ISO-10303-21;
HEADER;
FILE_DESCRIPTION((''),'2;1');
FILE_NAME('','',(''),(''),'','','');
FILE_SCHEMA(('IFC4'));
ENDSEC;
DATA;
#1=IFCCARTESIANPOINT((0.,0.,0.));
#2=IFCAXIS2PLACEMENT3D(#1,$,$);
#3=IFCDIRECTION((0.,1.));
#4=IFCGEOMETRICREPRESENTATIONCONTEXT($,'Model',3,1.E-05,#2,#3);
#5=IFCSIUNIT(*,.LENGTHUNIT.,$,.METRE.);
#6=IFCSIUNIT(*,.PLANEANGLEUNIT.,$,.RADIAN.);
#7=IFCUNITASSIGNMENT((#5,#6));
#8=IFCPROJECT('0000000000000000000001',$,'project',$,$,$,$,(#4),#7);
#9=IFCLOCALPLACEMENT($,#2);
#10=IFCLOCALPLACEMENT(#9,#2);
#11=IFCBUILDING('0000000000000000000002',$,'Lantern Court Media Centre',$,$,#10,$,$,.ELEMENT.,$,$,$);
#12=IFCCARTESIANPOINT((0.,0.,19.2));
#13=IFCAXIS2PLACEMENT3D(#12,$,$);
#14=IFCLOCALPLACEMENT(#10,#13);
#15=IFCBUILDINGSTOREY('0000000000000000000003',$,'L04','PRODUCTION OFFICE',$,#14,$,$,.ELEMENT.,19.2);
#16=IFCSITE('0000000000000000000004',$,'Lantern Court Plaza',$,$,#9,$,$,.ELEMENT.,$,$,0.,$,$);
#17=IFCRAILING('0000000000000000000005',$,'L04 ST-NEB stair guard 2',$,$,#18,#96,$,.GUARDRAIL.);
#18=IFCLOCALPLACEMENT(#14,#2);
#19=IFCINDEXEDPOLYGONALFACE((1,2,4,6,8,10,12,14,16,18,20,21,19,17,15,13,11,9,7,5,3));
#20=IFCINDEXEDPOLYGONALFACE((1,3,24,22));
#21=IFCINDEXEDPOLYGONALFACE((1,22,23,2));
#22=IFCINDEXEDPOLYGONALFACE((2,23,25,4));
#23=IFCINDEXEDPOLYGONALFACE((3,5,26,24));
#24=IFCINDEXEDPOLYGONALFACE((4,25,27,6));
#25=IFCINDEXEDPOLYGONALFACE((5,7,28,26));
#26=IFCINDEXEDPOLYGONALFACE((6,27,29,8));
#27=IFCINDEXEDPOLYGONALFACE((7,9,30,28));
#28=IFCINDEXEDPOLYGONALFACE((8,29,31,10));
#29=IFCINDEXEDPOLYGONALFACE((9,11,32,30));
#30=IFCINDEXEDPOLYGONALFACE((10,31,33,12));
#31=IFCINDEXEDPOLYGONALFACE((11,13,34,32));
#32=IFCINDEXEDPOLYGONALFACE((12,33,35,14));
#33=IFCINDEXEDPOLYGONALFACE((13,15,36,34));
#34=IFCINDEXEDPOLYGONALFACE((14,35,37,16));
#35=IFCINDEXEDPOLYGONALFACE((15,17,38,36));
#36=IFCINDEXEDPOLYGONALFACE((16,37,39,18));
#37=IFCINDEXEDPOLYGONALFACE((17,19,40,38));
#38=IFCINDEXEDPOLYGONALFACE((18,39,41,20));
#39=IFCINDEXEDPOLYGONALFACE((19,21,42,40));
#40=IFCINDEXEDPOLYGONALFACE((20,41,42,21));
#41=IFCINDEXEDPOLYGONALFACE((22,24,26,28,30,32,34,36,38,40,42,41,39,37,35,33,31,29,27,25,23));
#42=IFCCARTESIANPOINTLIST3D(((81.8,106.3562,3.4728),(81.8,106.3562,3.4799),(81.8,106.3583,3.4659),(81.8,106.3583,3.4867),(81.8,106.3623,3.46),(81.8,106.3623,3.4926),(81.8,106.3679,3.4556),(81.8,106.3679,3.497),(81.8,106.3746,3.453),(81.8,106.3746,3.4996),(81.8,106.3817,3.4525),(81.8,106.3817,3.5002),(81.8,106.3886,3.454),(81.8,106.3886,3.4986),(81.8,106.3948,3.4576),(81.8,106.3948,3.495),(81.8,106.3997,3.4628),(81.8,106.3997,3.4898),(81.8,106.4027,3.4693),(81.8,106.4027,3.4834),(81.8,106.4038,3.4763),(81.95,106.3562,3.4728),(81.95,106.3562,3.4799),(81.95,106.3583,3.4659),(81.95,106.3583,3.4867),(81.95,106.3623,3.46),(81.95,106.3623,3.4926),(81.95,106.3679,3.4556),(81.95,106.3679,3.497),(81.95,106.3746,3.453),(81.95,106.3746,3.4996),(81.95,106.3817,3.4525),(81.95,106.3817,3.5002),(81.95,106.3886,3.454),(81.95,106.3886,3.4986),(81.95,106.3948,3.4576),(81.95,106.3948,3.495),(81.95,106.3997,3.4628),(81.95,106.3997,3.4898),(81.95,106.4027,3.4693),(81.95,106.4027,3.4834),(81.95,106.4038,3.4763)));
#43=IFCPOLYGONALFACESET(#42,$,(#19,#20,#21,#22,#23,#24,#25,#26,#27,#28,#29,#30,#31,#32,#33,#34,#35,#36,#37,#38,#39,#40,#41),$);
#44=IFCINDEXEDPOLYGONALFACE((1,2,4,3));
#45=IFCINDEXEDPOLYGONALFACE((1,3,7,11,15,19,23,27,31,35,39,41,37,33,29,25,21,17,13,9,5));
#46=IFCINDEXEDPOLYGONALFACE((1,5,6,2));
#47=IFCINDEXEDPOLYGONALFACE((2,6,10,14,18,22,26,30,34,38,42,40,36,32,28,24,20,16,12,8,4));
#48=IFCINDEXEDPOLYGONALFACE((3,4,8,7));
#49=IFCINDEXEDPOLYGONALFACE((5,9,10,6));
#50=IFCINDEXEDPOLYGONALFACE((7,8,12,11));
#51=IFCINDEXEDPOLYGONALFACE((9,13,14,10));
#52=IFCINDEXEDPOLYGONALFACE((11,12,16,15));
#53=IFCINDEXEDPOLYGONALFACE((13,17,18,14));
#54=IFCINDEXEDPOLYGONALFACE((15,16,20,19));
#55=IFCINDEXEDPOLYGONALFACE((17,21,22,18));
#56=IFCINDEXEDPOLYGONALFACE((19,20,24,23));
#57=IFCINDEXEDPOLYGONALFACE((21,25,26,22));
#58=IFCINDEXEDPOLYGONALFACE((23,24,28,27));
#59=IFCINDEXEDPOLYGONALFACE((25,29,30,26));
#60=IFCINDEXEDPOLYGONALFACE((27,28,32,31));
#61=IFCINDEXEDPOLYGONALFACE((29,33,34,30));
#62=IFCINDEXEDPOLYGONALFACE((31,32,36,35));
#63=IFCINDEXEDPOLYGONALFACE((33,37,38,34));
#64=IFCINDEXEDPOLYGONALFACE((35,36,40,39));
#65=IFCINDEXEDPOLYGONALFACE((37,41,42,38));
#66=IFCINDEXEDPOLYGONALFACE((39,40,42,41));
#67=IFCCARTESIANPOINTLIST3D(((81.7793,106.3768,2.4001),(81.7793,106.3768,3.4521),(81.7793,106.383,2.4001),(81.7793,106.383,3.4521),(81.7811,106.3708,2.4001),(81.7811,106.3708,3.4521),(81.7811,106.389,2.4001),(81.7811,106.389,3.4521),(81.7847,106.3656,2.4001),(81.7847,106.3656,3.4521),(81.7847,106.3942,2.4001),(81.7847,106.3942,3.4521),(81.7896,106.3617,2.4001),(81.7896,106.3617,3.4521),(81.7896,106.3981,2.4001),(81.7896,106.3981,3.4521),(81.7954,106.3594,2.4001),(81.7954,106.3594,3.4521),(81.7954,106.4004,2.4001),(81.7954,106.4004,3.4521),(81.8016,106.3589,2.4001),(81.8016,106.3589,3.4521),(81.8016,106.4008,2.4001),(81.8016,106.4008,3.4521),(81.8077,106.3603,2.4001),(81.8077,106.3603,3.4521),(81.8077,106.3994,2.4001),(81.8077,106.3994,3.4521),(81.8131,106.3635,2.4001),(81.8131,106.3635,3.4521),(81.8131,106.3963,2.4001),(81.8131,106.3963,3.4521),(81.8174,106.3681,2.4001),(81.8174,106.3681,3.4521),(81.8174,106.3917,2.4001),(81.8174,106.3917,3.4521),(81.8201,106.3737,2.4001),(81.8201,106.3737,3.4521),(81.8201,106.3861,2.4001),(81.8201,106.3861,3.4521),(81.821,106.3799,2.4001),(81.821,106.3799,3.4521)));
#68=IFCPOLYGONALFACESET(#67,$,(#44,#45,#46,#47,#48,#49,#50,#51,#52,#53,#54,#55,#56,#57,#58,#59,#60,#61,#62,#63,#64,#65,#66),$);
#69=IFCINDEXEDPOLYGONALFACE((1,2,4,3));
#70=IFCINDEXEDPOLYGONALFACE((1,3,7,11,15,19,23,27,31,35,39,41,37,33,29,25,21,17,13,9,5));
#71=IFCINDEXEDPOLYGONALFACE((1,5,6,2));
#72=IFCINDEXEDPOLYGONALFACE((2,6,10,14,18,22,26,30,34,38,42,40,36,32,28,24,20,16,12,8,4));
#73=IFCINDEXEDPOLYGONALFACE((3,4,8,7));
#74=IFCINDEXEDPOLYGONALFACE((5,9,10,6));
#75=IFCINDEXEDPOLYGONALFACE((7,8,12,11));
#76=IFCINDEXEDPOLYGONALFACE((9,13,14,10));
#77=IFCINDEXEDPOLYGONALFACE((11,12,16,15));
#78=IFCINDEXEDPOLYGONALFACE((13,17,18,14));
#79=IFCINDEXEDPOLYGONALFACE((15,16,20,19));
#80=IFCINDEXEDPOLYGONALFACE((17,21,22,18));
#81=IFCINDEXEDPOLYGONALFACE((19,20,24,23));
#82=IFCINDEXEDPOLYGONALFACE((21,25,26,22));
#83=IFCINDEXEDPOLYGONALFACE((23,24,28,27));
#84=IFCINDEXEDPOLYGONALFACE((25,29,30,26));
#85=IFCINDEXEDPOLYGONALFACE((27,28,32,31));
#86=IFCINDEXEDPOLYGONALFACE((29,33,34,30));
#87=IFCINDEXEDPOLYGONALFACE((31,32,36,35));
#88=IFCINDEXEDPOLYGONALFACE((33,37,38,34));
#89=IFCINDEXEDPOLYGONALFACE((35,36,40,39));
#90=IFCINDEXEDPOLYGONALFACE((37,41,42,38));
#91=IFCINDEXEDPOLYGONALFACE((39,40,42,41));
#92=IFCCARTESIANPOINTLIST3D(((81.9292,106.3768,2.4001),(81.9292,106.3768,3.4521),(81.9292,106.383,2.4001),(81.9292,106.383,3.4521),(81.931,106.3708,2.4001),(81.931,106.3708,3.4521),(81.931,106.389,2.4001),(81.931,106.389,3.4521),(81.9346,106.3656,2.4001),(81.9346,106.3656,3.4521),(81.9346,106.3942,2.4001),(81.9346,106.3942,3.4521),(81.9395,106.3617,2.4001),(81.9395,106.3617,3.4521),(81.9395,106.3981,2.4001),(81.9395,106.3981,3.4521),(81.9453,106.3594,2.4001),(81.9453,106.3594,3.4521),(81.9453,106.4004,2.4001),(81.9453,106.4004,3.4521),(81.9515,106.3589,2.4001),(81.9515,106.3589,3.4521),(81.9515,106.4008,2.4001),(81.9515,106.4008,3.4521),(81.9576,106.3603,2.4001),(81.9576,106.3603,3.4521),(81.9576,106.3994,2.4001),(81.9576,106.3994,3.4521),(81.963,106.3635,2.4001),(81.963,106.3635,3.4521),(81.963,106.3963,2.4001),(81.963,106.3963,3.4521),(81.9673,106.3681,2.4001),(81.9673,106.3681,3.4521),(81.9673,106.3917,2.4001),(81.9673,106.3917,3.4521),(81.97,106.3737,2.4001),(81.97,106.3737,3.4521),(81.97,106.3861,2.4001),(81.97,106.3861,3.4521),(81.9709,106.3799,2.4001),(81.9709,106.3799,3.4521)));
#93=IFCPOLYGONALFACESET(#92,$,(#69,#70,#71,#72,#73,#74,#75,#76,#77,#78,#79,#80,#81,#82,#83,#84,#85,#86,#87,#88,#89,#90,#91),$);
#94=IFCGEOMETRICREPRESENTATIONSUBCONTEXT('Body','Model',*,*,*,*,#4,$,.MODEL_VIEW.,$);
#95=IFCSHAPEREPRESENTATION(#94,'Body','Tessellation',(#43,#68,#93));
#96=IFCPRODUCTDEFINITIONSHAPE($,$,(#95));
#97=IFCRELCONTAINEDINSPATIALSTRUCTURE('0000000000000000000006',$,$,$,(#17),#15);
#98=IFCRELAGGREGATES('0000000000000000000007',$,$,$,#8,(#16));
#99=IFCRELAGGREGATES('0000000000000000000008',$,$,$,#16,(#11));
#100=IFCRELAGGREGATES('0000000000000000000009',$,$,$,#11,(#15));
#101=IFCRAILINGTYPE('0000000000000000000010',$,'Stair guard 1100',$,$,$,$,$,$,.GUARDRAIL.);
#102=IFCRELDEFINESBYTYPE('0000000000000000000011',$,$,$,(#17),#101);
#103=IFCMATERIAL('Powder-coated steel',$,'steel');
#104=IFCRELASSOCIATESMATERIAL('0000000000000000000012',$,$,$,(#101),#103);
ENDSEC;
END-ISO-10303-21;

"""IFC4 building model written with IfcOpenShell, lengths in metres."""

from ifc_helpers import new_model, si_unit, direction, frame, origin, origin_2d, place, context, subcontext, project, spatial, circle, extrude, material, type_object, element, save


model = new_model("IFC4")

# Units and contexts
model_context = context("Model", 3, precision=1e-05, world=origin(), true_north=direction((0.0, 1.0)))
body_context = subcontext(model_context, "Body", "Model", "MODEL_VIEW")
ifc_project = project(units=[si_unit("LENGTHUNIT", "METRE"), si_unit("PLANEANGLEUNIT", "RADIAN")], contexts=[model_context])

# Site, building, storey
site_placement = place(None, origin())
site = spatial("IfcSite", under=ifc_project, at=site_placement, Name="Lantern Court Plaza", CompositionType="ELEMENT", RefElevation=0.0)
building_placement = place(site_placement, origin())
building = spatial("IfcBuilding", under=site, at=building_placement, Name="Lantern Court Media Centre", CompositionType="ELEMENT")
storey_placement = place(building_placement, frame((0.0, 0.0, 19.2)))
storey = spatial("IfcBuildingStorey", under=building, at=storey_placement, Name="L04", Description="PRODUCTION OFFICE", CompositionType="ELEMENT", Elevation=19.2)

# Shared definitions
ifc_material_1 = material(Name="Powder-coated steel", Category="steel")

# Railing
railing_type_1 = type_object("IfcRailingType", Name="Stair guard 1100", PredefinedType="GUARDRAIL", material=ifc_material_1)
railing_1_placement = place(storey_placement, frame((81.8, 106.3799, 2.4001)))
element("IfcRailing", 1, at=railing_1_placement, inside=storey, type_object=railing_type_1, Name="L04 ST-NEB stair guard 2", PredefinedType="GUARDRAIL", context=body_context, shape_type="SweptSolid", body=[
    extrude(circle(Radius=0.0239, at=origin_2d()), frame((0.0, 0.0, 1.0762), z_axis=(1.0, 0.0, 0.0), x_axis=(0.0, 1.0, 0.0)), (0.0, 0.0, 1.0), 0.1499),
    extrude(circle(Radius=0.021, at=origin_2d()), origin(), (0.0, 0.0, 1.0), 1.052),
    extrude(circle(Radius=0.021, at=origin_2d()), frame((0.1499, 0.0, 0.0)), (0.0, 0.0, 1.0), 1.052),
])

save(model, "model.ifc")
